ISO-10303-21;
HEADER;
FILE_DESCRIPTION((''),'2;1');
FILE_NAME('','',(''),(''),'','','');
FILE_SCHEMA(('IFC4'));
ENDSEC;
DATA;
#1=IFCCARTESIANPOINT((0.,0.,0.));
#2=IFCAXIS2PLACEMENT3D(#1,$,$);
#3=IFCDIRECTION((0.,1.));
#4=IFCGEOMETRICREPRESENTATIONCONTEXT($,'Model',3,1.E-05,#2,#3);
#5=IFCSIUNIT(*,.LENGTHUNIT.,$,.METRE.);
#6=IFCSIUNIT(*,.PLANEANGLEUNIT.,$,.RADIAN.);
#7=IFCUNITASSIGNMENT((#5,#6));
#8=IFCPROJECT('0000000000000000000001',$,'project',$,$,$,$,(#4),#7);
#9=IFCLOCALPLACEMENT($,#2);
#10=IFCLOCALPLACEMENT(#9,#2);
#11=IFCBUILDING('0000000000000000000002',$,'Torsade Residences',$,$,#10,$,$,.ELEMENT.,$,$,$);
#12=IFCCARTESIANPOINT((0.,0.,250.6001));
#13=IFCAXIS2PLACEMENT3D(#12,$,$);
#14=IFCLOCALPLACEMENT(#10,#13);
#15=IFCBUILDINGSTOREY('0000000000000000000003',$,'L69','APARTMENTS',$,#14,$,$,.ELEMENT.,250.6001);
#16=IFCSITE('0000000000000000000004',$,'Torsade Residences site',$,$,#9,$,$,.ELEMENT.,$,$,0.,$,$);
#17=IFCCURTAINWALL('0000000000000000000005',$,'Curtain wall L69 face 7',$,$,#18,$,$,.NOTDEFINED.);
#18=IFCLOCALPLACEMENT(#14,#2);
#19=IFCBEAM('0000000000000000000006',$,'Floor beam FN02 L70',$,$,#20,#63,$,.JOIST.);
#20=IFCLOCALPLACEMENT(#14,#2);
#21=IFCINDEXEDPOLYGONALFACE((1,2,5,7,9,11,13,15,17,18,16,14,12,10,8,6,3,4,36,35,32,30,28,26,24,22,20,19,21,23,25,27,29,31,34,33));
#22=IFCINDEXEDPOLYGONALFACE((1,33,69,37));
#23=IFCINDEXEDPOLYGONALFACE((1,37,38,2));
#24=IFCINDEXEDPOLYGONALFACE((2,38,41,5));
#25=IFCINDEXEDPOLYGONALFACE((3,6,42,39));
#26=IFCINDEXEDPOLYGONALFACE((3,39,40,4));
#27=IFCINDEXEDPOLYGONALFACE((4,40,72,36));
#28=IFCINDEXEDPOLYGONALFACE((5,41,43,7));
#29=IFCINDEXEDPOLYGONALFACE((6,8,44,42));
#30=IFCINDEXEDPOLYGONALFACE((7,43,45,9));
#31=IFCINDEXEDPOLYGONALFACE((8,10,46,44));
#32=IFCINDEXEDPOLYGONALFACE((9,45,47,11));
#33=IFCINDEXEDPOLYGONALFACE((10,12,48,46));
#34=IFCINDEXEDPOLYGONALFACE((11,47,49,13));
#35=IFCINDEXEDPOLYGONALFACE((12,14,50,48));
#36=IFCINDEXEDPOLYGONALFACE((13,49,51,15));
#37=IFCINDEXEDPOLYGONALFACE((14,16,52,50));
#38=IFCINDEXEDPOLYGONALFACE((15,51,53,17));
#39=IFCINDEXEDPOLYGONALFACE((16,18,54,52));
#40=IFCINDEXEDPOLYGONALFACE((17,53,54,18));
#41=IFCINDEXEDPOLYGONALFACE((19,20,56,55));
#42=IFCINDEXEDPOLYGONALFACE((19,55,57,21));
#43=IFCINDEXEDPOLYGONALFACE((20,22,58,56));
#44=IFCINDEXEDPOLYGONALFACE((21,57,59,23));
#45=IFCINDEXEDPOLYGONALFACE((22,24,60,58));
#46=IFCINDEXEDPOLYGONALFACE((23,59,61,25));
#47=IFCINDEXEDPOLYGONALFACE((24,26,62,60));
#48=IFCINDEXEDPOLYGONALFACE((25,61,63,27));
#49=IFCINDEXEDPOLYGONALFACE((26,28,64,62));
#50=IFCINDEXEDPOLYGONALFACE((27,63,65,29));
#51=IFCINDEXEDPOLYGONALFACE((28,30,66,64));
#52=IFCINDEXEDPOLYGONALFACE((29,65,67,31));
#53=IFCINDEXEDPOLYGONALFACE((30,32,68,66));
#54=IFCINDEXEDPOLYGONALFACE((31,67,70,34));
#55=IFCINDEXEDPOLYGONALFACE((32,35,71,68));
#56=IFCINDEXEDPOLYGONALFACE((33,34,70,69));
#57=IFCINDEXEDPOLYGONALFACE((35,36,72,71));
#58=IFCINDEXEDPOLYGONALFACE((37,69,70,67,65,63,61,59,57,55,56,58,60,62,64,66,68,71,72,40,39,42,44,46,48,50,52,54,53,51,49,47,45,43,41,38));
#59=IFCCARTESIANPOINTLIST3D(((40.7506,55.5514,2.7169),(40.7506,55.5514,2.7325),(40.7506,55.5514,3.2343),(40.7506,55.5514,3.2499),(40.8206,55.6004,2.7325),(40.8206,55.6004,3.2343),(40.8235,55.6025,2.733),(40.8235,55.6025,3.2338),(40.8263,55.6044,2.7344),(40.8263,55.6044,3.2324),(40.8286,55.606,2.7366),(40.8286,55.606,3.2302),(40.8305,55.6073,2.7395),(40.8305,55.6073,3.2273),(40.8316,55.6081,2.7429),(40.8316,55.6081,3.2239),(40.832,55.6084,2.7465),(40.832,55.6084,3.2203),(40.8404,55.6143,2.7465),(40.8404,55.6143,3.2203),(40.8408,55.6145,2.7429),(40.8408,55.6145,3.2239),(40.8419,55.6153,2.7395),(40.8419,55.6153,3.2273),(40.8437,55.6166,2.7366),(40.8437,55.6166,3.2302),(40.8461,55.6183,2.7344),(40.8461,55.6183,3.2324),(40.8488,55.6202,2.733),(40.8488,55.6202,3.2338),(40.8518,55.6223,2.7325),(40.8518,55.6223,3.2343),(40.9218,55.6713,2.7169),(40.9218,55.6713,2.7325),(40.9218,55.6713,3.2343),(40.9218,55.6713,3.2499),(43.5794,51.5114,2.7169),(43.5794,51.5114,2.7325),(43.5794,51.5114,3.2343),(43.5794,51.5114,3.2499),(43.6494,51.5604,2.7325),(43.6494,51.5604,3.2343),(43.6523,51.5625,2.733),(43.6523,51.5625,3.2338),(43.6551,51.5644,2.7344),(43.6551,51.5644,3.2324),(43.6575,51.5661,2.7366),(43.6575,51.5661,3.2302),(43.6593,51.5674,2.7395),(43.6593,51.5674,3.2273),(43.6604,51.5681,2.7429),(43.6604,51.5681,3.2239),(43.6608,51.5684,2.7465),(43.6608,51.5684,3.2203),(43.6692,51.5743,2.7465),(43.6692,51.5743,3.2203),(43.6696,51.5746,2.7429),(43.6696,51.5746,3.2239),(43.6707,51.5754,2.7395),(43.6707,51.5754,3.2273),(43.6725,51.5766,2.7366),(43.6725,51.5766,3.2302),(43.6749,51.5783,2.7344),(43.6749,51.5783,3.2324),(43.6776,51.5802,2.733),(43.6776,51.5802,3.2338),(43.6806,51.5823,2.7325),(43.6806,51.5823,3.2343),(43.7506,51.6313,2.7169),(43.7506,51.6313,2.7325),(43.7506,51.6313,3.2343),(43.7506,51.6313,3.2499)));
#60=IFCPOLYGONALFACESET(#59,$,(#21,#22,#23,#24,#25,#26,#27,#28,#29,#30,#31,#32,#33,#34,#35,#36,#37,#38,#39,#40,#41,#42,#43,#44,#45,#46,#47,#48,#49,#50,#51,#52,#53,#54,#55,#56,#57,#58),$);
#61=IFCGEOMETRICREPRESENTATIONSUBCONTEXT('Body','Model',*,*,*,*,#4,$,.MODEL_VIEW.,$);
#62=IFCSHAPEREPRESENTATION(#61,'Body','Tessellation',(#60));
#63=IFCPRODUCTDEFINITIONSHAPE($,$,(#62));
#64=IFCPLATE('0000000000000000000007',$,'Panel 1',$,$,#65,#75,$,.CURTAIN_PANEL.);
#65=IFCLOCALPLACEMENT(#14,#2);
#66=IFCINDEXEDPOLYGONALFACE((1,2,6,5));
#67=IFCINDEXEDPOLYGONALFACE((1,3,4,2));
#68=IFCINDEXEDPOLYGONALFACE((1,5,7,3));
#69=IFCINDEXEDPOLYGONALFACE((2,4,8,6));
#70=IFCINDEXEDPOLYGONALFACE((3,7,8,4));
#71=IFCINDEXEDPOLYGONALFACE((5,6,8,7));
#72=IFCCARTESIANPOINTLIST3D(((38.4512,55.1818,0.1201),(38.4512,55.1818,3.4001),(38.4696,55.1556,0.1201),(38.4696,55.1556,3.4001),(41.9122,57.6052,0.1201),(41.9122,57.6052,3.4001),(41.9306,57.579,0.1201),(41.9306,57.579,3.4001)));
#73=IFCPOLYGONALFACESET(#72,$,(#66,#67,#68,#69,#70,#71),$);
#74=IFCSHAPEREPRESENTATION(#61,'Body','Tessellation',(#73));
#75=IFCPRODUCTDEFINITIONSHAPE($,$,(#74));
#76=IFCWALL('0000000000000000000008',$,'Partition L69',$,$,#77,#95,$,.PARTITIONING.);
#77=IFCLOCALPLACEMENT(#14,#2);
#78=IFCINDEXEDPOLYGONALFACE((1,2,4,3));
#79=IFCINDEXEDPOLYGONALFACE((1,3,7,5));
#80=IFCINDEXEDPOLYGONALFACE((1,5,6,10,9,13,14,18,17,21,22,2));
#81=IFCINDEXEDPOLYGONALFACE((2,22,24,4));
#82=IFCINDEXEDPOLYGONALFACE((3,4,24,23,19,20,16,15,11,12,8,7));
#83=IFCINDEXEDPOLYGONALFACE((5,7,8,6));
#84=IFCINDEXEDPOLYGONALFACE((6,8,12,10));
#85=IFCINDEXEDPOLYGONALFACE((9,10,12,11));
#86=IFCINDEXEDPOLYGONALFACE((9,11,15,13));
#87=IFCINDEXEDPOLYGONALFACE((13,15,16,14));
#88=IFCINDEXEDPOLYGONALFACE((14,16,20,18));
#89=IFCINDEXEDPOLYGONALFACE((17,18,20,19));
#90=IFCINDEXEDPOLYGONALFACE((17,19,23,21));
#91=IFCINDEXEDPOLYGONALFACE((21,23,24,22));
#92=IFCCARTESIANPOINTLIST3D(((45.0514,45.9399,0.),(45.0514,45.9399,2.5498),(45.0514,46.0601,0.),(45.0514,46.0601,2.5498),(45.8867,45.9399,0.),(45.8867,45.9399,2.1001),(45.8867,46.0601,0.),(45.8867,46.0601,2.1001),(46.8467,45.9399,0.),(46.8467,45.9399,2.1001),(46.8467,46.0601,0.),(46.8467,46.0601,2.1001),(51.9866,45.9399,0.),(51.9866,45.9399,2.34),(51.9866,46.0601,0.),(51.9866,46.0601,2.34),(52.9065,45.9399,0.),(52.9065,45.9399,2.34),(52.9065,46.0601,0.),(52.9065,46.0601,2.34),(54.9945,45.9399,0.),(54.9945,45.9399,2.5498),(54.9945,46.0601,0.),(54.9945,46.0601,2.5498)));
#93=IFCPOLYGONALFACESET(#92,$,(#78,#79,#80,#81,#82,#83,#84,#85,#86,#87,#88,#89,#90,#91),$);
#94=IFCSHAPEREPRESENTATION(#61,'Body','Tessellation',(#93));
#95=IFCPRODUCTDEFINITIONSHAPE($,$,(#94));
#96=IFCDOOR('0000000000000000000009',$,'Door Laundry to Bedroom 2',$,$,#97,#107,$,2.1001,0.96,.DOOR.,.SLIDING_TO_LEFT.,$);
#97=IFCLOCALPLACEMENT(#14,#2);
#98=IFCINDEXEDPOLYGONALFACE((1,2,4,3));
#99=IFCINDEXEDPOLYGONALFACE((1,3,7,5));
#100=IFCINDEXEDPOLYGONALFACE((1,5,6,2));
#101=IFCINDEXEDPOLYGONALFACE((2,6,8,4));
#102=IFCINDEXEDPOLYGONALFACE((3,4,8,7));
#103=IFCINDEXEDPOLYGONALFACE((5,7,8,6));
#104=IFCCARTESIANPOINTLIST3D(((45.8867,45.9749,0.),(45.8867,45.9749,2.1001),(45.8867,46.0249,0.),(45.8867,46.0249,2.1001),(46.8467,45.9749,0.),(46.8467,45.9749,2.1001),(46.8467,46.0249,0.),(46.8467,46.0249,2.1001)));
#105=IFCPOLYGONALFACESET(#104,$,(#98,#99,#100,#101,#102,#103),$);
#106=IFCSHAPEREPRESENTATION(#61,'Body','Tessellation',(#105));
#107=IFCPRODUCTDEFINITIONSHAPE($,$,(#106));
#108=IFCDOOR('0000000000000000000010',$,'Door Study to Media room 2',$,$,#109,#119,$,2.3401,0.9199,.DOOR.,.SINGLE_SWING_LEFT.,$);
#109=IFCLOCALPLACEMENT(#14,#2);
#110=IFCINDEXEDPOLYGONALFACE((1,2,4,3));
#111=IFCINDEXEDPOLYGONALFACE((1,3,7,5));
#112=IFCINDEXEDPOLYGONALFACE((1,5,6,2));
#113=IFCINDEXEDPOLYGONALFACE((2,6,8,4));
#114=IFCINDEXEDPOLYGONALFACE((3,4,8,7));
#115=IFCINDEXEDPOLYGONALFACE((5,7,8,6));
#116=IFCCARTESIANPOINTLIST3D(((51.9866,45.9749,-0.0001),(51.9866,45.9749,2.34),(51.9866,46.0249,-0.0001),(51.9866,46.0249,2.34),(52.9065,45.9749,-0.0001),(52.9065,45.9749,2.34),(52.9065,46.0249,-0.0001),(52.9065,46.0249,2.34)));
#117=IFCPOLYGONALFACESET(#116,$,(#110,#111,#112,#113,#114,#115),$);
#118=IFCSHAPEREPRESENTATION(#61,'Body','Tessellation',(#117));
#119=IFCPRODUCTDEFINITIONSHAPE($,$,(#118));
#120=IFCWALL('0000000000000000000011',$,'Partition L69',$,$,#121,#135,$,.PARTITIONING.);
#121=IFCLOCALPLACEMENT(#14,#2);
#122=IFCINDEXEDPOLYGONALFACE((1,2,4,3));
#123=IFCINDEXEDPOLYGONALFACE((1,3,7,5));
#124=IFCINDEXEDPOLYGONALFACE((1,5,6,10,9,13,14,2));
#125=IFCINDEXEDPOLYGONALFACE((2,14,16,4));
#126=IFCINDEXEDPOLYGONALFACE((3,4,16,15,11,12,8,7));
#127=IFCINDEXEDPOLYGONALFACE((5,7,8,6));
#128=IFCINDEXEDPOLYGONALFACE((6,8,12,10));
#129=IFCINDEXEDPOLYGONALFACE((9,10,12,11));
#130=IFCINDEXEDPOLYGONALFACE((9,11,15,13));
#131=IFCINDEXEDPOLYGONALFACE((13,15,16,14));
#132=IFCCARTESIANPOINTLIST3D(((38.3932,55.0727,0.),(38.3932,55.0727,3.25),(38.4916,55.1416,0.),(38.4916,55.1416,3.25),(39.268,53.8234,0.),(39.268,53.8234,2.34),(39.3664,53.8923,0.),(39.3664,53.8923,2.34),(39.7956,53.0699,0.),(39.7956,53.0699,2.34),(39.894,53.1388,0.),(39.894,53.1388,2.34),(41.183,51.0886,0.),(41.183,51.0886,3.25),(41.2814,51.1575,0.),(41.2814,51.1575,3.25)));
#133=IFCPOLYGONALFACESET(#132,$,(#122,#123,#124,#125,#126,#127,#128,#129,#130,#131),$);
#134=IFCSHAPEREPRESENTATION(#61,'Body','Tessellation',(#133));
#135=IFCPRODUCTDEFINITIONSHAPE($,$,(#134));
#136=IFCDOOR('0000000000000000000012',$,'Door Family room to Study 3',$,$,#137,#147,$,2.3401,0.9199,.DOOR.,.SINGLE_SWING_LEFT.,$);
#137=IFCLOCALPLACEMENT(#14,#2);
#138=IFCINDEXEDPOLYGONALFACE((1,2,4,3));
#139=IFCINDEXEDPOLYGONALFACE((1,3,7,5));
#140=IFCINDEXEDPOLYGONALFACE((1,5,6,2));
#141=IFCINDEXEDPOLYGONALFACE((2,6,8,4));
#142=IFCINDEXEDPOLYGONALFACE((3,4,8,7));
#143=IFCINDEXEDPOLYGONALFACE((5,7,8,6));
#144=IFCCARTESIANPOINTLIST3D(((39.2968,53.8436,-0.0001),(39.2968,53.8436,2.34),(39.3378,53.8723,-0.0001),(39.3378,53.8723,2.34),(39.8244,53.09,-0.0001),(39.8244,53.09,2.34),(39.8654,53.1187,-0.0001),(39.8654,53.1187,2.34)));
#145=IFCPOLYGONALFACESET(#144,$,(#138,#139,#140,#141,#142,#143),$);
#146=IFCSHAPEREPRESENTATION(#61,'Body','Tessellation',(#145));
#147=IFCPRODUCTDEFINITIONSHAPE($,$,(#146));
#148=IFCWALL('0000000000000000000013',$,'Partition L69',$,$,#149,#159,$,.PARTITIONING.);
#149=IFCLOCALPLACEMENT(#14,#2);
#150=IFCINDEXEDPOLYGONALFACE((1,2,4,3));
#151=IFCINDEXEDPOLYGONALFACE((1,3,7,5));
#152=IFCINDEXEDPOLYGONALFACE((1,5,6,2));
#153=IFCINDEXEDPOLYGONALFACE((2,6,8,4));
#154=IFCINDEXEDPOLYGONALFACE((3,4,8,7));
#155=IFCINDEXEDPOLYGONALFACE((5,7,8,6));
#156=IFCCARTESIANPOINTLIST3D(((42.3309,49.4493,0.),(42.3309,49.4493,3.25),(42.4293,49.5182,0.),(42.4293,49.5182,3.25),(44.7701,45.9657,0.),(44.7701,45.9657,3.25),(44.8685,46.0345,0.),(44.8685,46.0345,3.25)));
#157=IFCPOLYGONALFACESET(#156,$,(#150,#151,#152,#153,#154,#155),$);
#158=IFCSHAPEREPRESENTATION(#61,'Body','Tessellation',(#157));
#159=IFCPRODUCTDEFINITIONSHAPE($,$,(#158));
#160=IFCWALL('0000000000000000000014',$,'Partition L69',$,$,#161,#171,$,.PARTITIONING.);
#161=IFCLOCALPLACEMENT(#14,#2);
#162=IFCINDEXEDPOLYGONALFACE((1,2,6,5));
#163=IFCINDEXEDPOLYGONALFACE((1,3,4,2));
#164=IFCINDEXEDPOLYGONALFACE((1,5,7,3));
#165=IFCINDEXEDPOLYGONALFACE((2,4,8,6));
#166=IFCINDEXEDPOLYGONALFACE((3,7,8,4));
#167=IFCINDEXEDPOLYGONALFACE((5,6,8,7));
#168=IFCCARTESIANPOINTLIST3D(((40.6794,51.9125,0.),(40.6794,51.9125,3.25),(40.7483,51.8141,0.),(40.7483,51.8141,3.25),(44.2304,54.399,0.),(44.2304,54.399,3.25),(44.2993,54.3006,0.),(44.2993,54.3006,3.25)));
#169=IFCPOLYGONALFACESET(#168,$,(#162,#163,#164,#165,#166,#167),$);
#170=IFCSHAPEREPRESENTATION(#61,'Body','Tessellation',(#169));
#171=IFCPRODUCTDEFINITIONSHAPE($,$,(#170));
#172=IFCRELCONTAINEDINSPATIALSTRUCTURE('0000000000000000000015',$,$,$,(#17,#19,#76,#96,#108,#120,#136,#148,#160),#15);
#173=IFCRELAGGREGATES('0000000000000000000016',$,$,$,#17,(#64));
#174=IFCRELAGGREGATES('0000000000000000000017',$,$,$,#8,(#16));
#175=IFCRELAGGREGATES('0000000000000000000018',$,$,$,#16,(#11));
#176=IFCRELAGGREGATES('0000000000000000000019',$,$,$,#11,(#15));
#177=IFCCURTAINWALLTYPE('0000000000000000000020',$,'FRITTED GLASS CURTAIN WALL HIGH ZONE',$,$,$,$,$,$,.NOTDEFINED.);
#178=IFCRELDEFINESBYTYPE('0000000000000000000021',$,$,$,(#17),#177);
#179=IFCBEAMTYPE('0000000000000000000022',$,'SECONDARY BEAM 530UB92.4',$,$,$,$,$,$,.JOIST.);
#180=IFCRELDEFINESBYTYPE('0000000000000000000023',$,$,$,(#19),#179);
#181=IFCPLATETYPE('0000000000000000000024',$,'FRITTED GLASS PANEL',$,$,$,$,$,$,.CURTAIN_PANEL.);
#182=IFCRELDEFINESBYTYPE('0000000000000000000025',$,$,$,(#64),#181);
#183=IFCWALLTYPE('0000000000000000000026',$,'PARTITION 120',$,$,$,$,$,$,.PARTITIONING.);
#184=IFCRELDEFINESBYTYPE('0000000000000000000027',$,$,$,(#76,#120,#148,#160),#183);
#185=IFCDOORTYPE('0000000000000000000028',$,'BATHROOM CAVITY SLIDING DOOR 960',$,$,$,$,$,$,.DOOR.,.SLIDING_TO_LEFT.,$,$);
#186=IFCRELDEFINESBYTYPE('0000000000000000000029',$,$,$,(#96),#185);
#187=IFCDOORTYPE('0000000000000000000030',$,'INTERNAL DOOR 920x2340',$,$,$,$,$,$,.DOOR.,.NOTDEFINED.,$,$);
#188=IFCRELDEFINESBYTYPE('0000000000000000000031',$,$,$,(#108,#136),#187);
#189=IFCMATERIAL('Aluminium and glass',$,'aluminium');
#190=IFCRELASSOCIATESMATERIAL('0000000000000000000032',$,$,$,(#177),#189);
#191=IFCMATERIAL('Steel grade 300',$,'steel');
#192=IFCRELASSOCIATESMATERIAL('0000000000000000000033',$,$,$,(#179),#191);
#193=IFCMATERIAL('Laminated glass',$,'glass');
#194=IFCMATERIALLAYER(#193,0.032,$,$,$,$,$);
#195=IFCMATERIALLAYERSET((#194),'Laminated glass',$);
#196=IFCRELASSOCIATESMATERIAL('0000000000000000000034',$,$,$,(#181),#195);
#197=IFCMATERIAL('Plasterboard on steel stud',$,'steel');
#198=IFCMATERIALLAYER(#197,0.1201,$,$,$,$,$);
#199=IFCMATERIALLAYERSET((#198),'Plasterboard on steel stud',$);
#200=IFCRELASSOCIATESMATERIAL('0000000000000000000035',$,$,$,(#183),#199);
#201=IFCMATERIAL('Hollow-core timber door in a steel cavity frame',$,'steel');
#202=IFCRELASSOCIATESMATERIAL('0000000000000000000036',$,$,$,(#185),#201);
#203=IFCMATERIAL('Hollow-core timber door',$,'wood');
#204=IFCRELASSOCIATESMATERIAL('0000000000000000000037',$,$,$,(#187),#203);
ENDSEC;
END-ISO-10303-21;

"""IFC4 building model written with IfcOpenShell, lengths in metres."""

from ifc_helpers import new_model, si_unit, direction, frame, frame_2d, origin, origin_2d, place, context, subcontext, project, spatial, rectangle, i_section, extrude, material, layer, layer_set, material_profile, profile_set, type_object, element, fill, aggregate, save


model = new_model("IFC4")

# Units and contexts
model_context = context("Model", 3, precision=1e-05, world=origin(), true_north=direction((0.0, 1.0)))
body_context = subcontext(model_context, "Body", "Model", "MODEL_VIEW")
ifc_project = project(units=[si_unit("LENGTHUNIT", "METRE"), si_unit("PLANEANGLEUNIT", "RADIAN")], contexts=[model_context])

# Site, building, storey
site_placement = place(None, origin())
site = spatial("IfcSite", under=ifc_project, at=site_placement, Name="Torsade Residences site", CompositionType="ELEMENT", RefElevation=0.0)
building_placement = place(site_placement, origin())
building = spatial("IfcBuilding", under=site, at=building_placement, Name="Torsade Residences", CompositionType="ELEMENT")
storey_placement = place(building_placement, frame((0.0, 0.0, 250.6001)))
storey = spatial("IfcBuildingStorey", under=building, at=storey_placement, Name="L69", Description="APARTMENTS", CompositionType="ELEMENT", Elevation=250.6001)

# Shared definitions
ifc_material_1 = material(Name="Aluminium and glass", Category="aluminium")
curtain_wall_type = type_object("IfcCurtainWallType", Name="FRITTED GLASS CURTAIN WALL HIGH ZONE", PredefinedType="NOTDEFINED", material=ifc_material_1)

# Curtain wall
curtain_wall_1_placement = place(storey_placement, origin())
curtain_wall_1 = element("IfcCurtainWall", 1, at=curtain_wall_1_placement, inside=storey, type_object=curtain_wall_type, Name="Curtain wall L69 face 7", PredefinedType="NOTDEFINED")

# Beam
ifc_material_2 = material(Name="Steel grade 300", Category="steel")
ifc_material_profile_1 = material_profile(ifc_material_2, i_section(OverallWidth=0.209, OverallDepth=0.533, WebThickness=0.0103, FlangeThickness=0.0156, FilletRadius=0.0139, at=origin_2d()), Name="530UB92.4")
ifc_profile_set_1 = profile_set([ifc_material_profile_1], Name="Steel grade 300")
beam_type_1 = type_object("IfcBeamType", Name="SECONDARY BEAM 530UB92.4", PredefinedType="JOIST", material=ifc_profile_set_1)
beam_1_placement = place(storey_placement, frame((40.8362, 55.6113, 2.9834), z_axis=(0.573575, -0.819153, 0.0), x_axis=(0.819153, 0.573575, 0.0)))
element("IfcBeam", 2, at=beam_1_placement, inside=storey, type_object=beam_type_1, Name="Floor beam FN02 L70", PredefinedType="JOIST", context=body_context, shape_type="SweptSolid", body=[
    extrude(i_section(OverallWidth=0.209, OverallDepth=0.533, WebThickness=0.0103, FlangeThickness=0.0156, FilletRadius=0.0139, at=origin_2d()), origin(), (0.0, 0.0, 1.0), 4.9319),
])

# Plate
ifc_material_3 = material(Name="Laminated glass", Category="glass")
ifc_layer_1 = layer(ifc_material_3, 0.032)
ifc_layer_set_1 = layer_set([ifc_layer_1], Name="Laminated glass")
plate_type = type_object("IfcPlateType", Name="FRITTED GLASS PANEL", PredefinedType="CURTAIN_PANEL", material=ifc_layer_set_1)
plate_placement = place(storey_placement, frame((40.1909, 56.3804, 0.1201), z_axis=(0.0, 0.0, 1.0), x_axis=(-0.819152, -0.573576, 0.0)))
plate = element("IfcPlate", 3, at=plate_placement, type_object=plate_type, Name="Panel 1", PredefinedType="CURTAIN_PANEL", context=body_context, shape_type="SweptSolid", body=[
    extrude(rectangle(XDim=4.2251, YDim=0.032, at=origin_2d()), origin(), (0.0, 0.0, 1.0), 3.28),
])
aggregate(curtain_wall_1, [plate])

# Wall, openings, doors
ifc_material_4 = material(Name="Plasterboard on steel stud", Category="steel")
ifc_layer_2 = layer(ifc_material_4, 0.1201)
ifc_layer_set_2 = layer_set([ifc_layer_2], Name="Plasterboard on steel stud")
wall_type_1 = type_object("IfcWallType", Name="PARTITION 120", PredefinedType="PARTITIONING", material=ifc_layer_set_2)
wall_1_placement = place(storey_placement, frame((45.0513, 46.0, 0.0), z_axis=(0.0, 0.0, 1.0), x_axis=(1.0, 0.0, 0.0)))
wall_1 = element("IfcWall", 4, at=wall_1_placement, inside=storey, type_object=wall_type_1, Name="Partition L69", PredefinedType="PARTITIONING", context=body_context, shape_type="SweptSolid", body=[
    extrude(rectangle(XDim=9.9431, YDim=0.1201, at=frame_2d((4.9717, 0.0))), origin(), (0.0, 0.0, 1.0), 2.5498),
])
opening_1_placement = place(wall_1_placement, frame((0.8354, 0.0, 0.0)))
opening_1 = element("IfcOpeningElement", 5, at=opening_1_placement, cuts=wall_1, PredefinedType="OPENING", context=body_context, shape_type="SweptSolid", body=[
    extrude(rectangle(XDim=0.96, YDim=2.1001, at=frame_2d((0.48, 1.05))), frame((0.0, 0.0701, 0.0), z_axis=(0.0, -1.0, 0.0), x_axis=(1.0, 0.0, 0.0)), (0.0, 0.0, 1.0), 0.1401),
])
opening_2_placement = place(wall_1_placement, frame((6.9353, 0.0, 0.0)))
opening_2 = element("IfcOpeningElement", 6, at=opening_2_placement, cuts=wall_1, PredefinedType="OPENING", context=body_context, shape_type="SweptSolid", body=[
    extrude(rectangle(XDim=0.9199, YDim=2.3401, at=frame_2d((0.46, 1.1699))), frame((0.0, 0.0701, 0.0), z_axis=(0.0, -1.0, 0.0), x_axis=(1.0, 0.0, 0.0)), (0.0, 0.0, 1.0), 0.1401),
])
ifc_material_5 = material(Name="Hollow-core timber door in a steel cavity frame", Category="steel")
door_type_1 = type_object("IfcDoorType", Name="BATHROOM CAVITY SLIDING DOOR 960", OperationType="SLIDING_TO_LEFT", PredefinedType="DOOR", material=ifc_material_5)
door_1_placement = place(opening_1_placement, origin())
door_1 = element("IfcDoor", 7, at=door_1_placement, inside=storey, type_object=door_type_1, Name="Door Laundry to Bedroom 2", OperationType="SLIDING_TO_LEFT", OverallHeight=2.1001, OverallWidth=0.96, PredefinedType="DOOR", context=body_context, shape_type="SweptSolid", body=[
    extrude(rectangle(XDim=0.96, YDim=2.1001, at=frame_2d((0.48, 1.05))), frame((0.0, 0.0249, 0.0), z_axis=(0.0, -1.0, 0.0), x_axis=(1.0, 0.0, 0.0)), (0.0, 0.0, 1.0), 0.05),
])
fill(opening_1, door_1)
ifc_material_6 = material(Name="Hollow-core timber door", Category="wood")
door_type_2 = type_object("IfcDoorType", Name="INTERNAL DOOR 920x2340", OperationType="NOTDEFINED", PredefinedType="DOOR", material=ifc_material_6)
door_2_placement = place(opening_2_placement, origin())
door_2 = element("IfcDoor", 8, at=door_2_placement, inside=storey, type_object=door_type_2, Name="Door Study to Media room 2", OperationType="SINGLE_SWING_LEFT", OverallHeight=2.3401, OverallWidth=0.9199, PredefinedType="DOOR", context=body_context, shape_type="SweptSolid", body=[
    extrude(rectangle(XDim=0.9199, YDim=2.3401, at=frame_2d((0.46, 1.1699))), frame((0.0, 0.0249, 0.0), z_axis=(0.0, -1.0, 0.0), x_axis=(1.0, 0.0, 0.0)), (0.0, 0.0, 1.0), 0.05),
])
fill(opening_2, door_2)

# Wall, opening, door
wall_2_placement = place(storey_placement, frame((41.2322, 51.123, 0.0), z_axis=(0.0, 0.0, 1.0), x_axis=(-0.573587, 0.819145, 0.0)))
wall_2 = element("IfcWall", 9, at=wall_2_placement, inside=storey, type_object=wall_type_1, Name="Partition L69", PredefinedType="PARTITIONING", context=body_context, shape_type="SweptSolid", body=[
    extrude(rectangle(XDim=4.8638, YDim=0.1201, at=frame_2d((2.4319, 0.0))), origin(), (0.0, 0.0, 1.0), 3.25),
])
opening_3_placement = place(wall_2_placement, frame((2.4187, 0.0, 0.0)))
opening_3 = element("IfcOpeningElement", 10, at=opening_3_placement, cuts=wall_2, PredefinedType="OPENING", context=body_context, shape_type="SweptSolid", body=[
    extrude(rectangle(XDim=0.9199, YDim=2.3401, at=frame_2d((0.46, 1.1699))), frame((0.0, 0.0701, 0.0), z_axis=(0.0, -1.0, 0.0), x_axis=(1.0, 0.0, 0.0)), (0.0, 0.0, 1.0), 0.1401),
])
door_3_placement = place(opening_3_placement, origin())
door_3 = element("IfcDoor", 11, at=door_3_placement, inside=storey, type_object=door_type_2, Name="Door Family room to Study 3", OperationType="SINGLE_SWING_LEFT", OverallHeight=2.3401, OverallWidth=0.9199, PredefinedType="DOOR", context=body_context, shape_type="SweptSolid", body=[
    extrude(rectangle(XDim=0.9199, YDim=2.3401, at=frame_2d((0.46, 1.1699))), frame((0.0, 0.0249, 0.0), z_axis=(0.0, -1.0, 0.0), x_axis=(1.0, 0.0, 0.0)), (0.0, 0.0, 1.0), 0.05),
])
fill(opening_3, door_3)

# Walls
wall_3_placement = place(storey_placement, frame((44.8193, 46.0, 0.0), z_axis=(0.0, 0.0, 1.0), x_axis=(-0.573566, 0.819159, 0.0)))
element("IfcWall", 12, at=wall_3_placement, inside=storey, type_object=wall_type_1, Name="Partition L69", PredefinedType="PARTITIONING", context=body_context, shape_type="SweptSolid", body=[
    extrude(rectangle(XDim=4.2527, YDim=0.1201, at=frame_2d((2.1265, 0.0))), origin(), (0.0, 0.0, 1.0), 3.25),
])
wall_4_placement = place(storey_placement, frame((40.7139, 51.8633, 0.0), z_axis=(0.0, 0.0, 1.0), x_axis=(0.819139, 0.573595, 0.0)))
element("IfcWall", 13, at=wall_4_placement, inside=storey, type_object=wall_type_1, Name="Partition L69", PredefinedType="PARTITIONING", context=body_context, shape_type="SweptSolid", body=[
    extrude(rectangle(XDim=4.335, YDim=0.1201, at=frame_2d((2.1675, 0.0))), origin(), (0.0, 0.0, 1.0), 3.25),
])

save(model, "model.ifc")
